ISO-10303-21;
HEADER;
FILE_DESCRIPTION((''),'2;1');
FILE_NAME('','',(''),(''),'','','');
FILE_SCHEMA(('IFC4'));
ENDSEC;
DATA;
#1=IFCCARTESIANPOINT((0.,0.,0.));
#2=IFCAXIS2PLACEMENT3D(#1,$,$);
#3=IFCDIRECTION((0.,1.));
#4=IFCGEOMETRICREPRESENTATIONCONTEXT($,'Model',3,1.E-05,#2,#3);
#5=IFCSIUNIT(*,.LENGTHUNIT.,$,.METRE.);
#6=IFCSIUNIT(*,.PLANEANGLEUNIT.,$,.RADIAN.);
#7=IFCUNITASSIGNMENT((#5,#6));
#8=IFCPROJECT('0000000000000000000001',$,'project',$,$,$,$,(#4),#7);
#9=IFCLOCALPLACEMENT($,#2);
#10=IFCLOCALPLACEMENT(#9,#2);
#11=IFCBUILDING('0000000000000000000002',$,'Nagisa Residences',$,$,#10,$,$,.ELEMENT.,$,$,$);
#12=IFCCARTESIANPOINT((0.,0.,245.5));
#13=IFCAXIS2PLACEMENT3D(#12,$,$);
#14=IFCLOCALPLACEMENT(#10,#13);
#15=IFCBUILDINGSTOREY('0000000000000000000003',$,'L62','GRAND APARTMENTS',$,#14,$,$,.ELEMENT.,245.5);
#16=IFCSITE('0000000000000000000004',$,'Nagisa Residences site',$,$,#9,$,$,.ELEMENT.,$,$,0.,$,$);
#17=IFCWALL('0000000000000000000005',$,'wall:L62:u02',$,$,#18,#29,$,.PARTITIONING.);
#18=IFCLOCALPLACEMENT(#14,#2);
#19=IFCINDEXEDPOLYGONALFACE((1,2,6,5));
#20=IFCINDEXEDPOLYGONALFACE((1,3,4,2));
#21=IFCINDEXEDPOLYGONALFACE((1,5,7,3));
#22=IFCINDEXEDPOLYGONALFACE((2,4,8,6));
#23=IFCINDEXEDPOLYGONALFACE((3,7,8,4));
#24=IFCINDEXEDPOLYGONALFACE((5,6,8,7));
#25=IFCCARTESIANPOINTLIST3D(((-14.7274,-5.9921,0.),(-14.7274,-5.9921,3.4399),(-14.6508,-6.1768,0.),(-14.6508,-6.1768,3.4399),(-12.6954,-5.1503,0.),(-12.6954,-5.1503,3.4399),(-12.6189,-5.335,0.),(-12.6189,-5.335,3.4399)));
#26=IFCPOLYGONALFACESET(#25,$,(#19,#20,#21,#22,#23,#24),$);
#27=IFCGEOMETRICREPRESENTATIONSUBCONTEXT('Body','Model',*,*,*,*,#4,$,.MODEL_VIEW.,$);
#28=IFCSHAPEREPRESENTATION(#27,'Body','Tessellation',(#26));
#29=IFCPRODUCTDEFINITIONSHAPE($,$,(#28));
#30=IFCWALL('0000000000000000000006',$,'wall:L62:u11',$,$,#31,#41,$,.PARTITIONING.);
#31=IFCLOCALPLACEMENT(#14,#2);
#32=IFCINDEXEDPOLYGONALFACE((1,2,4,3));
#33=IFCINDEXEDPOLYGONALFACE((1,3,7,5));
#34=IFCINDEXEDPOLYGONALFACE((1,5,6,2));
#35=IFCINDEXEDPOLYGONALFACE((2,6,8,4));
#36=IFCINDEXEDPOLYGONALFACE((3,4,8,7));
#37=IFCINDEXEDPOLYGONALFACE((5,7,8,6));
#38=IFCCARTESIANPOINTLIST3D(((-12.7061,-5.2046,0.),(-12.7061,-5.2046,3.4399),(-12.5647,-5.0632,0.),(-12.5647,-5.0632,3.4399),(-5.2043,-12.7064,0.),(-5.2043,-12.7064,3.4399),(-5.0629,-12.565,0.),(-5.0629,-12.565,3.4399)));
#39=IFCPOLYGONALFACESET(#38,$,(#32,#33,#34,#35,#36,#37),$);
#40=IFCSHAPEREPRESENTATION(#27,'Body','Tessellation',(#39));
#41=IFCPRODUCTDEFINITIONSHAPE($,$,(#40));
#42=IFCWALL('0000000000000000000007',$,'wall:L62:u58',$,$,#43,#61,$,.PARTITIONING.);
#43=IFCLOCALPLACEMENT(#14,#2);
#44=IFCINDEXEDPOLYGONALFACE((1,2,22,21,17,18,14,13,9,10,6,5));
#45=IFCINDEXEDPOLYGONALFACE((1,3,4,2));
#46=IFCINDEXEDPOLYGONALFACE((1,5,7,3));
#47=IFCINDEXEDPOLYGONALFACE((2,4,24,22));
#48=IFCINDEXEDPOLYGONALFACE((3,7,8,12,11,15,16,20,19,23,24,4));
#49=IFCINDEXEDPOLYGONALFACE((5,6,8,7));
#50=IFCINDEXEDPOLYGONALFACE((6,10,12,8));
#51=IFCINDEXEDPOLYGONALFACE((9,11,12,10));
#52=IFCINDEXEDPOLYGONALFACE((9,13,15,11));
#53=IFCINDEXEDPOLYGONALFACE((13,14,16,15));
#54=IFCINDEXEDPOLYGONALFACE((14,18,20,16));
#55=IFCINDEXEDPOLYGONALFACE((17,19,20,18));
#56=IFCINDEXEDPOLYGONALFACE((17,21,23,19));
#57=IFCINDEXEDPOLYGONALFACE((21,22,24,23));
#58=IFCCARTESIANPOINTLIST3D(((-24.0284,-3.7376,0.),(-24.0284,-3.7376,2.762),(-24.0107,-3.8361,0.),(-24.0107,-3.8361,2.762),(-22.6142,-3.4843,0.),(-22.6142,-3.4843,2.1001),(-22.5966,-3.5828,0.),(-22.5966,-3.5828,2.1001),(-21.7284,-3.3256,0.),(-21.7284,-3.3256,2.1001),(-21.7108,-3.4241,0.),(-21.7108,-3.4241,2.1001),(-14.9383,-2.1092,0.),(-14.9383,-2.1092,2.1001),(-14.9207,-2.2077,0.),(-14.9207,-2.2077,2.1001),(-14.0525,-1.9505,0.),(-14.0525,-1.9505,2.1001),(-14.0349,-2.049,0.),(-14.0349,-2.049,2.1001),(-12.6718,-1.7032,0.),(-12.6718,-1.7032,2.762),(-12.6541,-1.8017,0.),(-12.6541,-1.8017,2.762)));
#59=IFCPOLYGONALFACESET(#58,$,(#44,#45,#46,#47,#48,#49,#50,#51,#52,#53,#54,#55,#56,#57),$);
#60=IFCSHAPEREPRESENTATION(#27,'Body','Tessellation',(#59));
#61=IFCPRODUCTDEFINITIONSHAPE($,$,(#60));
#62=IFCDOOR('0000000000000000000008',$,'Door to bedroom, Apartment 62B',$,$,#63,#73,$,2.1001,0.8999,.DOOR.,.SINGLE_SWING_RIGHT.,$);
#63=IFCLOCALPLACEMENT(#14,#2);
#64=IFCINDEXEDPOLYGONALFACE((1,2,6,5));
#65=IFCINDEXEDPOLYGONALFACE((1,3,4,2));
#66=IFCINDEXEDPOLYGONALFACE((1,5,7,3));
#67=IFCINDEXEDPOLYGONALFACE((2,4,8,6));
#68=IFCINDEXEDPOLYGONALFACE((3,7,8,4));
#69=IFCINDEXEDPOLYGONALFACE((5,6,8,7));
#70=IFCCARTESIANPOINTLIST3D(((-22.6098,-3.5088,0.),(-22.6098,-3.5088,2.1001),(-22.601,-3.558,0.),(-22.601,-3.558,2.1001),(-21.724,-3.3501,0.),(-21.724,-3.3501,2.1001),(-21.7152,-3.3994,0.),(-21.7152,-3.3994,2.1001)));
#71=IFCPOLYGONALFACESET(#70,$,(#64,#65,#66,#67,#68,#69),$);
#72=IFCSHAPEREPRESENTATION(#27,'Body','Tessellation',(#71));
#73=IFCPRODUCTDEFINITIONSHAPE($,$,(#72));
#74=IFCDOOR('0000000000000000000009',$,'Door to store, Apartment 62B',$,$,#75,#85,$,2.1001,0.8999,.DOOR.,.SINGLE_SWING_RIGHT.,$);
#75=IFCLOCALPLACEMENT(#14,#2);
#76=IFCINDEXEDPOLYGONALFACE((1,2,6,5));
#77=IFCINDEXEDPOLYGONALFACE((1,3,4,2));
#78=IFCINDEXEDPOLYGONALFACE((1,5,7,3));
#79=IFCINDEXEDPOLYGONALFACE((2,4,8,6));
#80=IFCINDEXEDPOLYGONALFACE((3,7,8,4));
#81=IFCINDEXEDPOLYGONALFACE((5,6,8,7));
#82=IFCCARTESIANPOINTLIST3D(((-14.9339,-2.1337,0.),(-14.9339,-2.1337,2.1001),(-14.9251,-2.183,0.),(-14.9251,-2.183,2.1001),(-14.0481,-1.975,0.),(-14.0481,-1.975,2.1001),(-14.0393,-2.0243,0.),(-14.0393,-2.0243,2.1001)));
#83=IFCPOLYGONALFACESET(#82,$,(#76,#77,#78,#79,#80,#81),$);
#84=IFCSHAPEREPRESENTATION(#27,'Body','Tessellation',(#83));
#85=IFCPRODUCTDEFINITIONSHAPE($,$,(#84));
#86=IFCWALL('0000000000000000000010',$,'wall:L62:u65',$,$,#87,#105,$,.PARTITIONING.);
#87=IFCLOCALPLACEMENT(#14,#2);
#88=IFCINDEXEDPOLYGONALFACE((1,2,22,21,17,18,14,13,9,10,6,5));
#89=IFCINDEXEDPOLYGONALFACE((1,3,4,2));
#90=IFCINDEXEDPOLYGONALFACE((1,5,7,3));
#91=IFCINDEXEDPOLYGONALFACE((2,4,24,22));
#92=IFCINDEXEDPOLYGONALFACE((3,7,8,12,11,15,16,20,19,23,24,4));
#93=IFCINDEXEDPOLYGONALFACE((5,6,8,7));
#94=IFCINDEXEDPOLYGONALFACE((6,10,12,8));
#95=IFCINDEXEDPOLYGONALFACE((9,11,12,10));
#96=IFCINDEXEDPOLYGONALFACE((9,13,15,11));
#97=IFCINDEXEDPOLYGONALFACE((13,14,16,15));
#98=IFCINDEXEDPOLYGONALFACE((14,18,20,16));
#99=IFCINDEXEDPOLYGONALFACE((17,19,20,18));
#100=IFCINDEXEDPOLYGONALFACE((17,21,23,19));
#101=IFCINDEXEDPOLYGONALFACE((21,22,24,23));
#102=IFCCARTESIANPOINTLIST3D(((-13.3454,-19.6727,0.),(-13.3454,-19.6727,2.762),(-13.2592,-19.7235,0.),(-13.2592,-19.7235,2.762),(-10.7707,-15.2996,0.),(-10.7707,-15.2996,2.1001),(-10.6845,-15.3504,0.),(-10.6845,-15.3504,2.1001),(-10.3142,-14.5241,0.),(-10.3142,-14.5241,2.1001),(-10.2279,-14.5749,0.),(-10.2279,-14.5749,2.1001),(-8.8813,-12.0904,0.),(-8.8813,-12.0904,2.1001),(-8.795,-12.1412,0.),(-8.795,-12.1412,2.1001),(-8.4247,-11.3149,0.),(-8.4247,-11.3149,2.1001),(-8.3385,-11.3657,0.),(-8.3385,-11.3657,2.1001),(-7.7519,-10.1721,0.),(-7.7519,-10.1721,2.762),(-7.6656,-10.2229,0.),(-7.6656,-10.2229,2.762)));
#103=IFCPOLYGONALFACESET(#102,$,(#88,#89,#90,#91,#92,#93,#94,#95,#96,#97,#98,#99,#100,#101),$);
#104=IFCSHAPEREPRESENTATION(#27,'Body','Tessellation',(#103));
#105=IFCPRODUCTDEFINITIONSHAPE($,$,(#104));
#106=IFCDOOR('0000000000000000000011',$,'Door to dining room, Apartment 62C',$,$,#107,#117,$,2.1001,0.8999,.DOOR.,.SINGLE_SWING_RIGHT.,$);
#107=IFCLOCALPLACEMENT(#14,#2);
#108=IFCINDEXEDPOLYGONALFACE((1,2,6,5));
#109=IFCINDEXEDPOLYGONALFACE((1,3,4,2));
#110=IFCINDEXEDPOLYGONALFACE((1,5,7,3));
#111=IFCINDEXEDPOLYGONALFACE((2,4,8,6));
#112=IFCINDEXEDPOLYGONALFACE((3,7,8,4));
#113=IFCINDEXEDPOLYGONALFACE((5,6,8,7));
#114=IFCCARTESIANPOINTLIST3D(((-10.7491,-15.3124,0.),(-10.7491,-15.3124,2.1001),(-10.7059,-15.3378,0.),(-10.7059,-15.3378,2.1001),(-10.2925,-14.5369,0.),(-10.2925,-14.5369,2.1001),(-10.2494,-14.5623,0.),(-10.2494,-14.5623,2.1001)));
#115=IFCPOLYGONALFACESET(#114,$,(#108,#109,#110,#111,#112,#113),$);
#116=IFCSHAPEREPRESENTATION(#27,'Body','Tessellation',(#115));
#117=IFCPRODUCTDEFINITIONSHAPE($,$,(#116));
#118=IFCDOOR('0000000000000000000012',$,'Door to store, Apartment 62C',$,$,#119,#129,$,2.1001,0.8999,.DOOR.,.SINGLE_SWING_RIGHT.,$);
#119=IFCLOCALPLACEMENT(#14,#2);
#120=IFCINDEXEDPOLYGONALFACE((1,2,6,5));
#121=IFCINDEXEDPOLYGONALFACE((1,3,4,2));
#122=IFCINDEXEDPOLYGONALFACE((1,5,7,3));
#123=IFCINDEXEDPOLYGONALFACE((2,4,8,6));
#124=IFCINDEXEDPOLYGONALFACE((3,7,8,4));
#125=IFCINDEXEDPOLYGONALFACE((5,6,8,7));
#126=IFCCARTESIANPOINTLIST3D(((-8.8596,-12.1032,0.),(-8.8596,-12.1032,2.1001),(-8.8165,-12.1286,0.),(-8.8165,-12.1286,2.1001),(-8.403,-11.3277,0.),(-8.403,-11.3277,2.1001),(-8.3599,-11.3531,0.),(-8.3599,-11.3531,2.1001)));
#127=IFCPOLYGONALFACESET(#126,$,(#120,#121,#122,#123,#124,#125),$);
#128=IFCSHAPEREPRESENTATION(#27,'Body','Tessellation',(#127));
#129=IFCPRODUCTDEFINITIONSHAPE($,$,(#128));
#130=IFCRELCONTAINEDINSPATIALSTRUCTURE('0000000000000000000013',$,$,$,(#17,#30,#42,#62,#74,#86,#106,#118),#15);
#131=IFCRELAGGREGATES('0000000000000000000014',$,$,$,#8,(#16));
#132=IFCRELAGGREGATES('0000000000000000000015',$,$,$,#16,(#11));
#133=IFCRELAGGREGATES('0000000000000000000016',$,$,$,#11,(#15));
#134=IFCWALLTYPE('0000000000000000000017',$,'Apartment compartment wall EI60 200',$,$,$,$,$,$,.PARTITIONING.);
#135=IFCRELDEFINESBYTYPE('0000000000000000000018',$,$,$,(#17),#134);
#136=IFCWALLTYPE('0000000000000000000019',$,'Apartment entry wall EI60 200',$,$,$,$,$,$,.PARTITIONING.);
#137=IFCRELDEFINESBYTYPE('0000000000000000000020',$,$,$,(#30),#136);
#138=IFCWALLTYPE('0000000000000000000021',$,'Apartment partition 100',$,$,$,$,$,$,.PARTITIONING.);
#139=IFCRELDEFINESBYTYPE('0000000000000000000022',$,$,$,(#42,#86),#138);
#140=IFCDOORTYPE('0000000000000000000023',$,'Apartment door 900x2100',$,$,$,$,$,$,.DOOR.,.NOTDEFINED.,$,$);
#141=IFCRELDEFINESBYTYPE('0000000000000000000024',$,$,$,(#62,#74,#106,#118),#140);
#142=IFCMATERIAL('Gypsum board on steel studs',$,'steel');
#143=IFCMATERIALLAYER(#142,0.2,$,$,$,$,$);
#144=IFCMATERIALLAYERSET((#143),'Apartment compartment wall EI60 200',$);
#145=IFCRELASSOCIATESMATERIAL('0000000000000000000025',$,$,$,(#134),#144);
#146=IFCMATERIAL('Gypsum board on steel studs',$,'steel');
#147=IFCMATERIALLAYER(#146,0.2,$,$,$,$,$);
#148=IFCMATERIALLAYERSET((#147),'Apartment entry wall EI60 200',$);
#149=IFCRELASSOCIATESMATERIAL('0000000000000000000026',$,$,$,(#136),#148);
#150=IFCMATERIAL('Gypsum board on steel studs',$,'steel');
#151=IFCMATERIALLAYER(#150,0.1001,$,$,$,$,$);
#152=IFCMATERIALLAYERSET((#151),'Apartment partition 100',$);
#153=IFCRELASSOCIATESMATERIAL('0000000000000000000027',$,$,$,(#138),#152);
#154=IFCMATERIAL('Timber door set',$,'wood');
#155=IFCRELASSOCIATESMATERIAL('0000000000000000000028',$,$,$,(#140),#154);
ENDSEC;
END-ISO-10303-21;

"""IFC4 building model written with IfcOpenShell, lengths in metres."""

from ifc_helpers import new_model, si_unit, direction, frame, frame_2d, origin, place, context, subcontext, project, spatial, rectangle, extrude, material, layer, layer_set, type_object, element, fill, save


model = new_model("IFC4")

# Units and contexts
model_context = context("Model", 3, precision=1e-05, world=origin(), true_north=direction((0.0, 1.0)))
body_context = subcontext(model_context, "Body", "Model", "MODEL_VIEW")
ifc_project = project(units=[si_unit("LENGTHUNIT", "METRE"), si_unit("PLANEANGLEUNIT", "RADIAN")], contexts=[model_context])

# Site, building, storey
site_placement = place(None, origin())
site = spatial("IfcSite", under=ifc_project, at=site_placement, Name="Nagisa Residences site", CompositionType="ELEMENT", RefElevation=0.0)
building_placement = place(site_placement, origin())
building = spatial("IfcBuilding", under=site, at=building_placement, Name="Nagisa Residences", CompositionType="ELEMENT")
storey_placement = place(building_placement, frame((0.0, 0.0, 245.5)))
storey = spatial("IfcBuildingStorey", under=building, at=storey_placement, Name="L62", Description="GRAND APARTMENTS", CompositionType="ELEMENT", Elevation=245.5)

# Walls
ifc_material_1 = material(Name="Gypsum board on steel studs", Category="steel")
ifc_layer_1 = layer(ifc_material_1, 0.2)
ifc_layer_set_1 = layer_set([ifc_layer_1], Name="Apartment compartment wall EI60 200")
wall_type_1 = type_object("IfcWallType", Name="Apartment compartment wall EI60 200", PredefinedType="PARTITIONING", material=ifc_layer_set_1)
wall_1_placement = place(storey_placement, frame((-12.6572, -5.2427, 0.0), z_axis=(0.0, 0.0, 1.0), x_axis=(-0.92386, -0.382731, 0.0)))
element("IfcWall", 1, at=wall_1_placement, inside=storey, type_object=wall_type_1, Name="wall:L62:u02", PredefinedType="PARTITIONING", context=body_context, shape_type="SweptSolid", body=[
    extrude(rectangle(XDim=2.1995, YDim=0.2, at=frame_2d((1.0996, 0.0))), origin(), (0.0, 0.0, 1.0), 3.4399),
])
ifc_material_2 = material(Name="Gypsum board on steel studs", Category="steel")
ifc_layer_2 = layer(ifc_material_2, 0.2)
ifc_layer_set_2 = layer_set([ifc_layer_2], Name="Apartment entry wall EI60 200")
wall_type_2 = type_object("IfcWallType", Name="Apartment entry wall EI60 200", PredefinedType="PARTITIONING", material=ifc_layer_set_2)
wall_2_placement = place(storey_placement, frame((-12.6355, -5.1338, 0.0), z_axis=(0.0, 0.0, 1.0), x_axis=(0.707107, -0.707107, 0.0)))
element("IfcWall", 2, at=wall_2_placement, inside=storey, type_object=wall_type_2, Name="wall:L62:u11", PredefinedType="PARTITIONING", context=body_context, shape_type="SweptSolid", body=[
    extrude(rectangle(XDim=10.6091, YDim=0.2, at=frame_2d((5.3047, 0.0))), origin(), (0.0, 0.0, 1.0), 3.4399),
])

# Walls, openings, doors
ifc_material_3 = material(Name="Gypsum board on steel studs", Category="steel")
ifc_layer_3 = layer(ifc_material_3, 0.1001)
ifc_layer_set_3 = layer_set([ifc_layer_3], Name="Apartment partition 100")
wall_type_3 = type_object("IfcWallType", Name="Apartment partition 100", PredefinedType="PARTITIONING", material=ifc_layer_set_3)
wall_3_placement = place(storey_placement, frame((-12.6631, -1.7524, 0.0), z_axis=(0.0, 0.0, 1.0), x_axis=(-0.98433, -0.176336, 0.0)))
wall_3 = element("IfcWall", 3, at=wall_3_placement, inside=storey, type_object=wall_type_3, Name="wall:L62:u58", PredefinedType="PARTITIONING", context=body_context, shape_type="SweptSolid", body=[
    extrude(rectangle(XDim=11.5374, YDim=0.1001, at=frame_2d((5.7686, 0.0))), origin(), (0.0, 0.0, 1.0), 2.762),
])
opening_1_placement = place(wall_3_placement, frame((9.2007, 0.0, 0.0)))
opening_1 = element("IfcOpeningElement", 4, at=opening_1_placement, cuts=wall_3, PredefinedType="OPENING", context=body_context, shape_type="SweptSolid", body=[
    extrude(rectangle(XDim=0.8999, YDim=2.1001, at=frame_2d((0.45, 1.05))), frame((0.0, 0.0601, 0.0), z_axis=(0.0, -1.0, 0.0), x_axis=(1.0, 0.0, 0.0)), (0.0, 0.0, 1.0), 0.1201),
])
opening_2_placement = place(wall_3_placement, frame((1.4026, 0.0, 0.0)))
opening_2 = element("IfcOpeningElement", 5, at=opening_2_placement, cuts=wall_3, PredefinedType="OPENING", context=body_context, shape_type="SweptSolid", body=[
    extrude(rectangle(XDim=0.8999, YDim=2.1001, at=frame_2d((0.45, 1.05))), frame((0.0, 0.0601, 0.0), z_axis=(0.0, -1.0, 0.0), x_axis=(1.0, 0.0, 0.0)), (0.0, 0.0, 1.0), 0.1201),
])
ifc_material_4 = material(Name="Timber door set", Category="wood")
door_type_1 = type_object("IfcDoorType", Name="Apartment door 900x2100", OperationType="NOTDEFINED", PredefinedType="DOOR", material=ifc_material_4)
door_1_placement = place(opening_1_placement, origin())
door_1 = element("IfcDoor", 6, at=door_1_placement, inside=storey, type_object=door_type_1, Name="Door to bedroom, Apartment 62B", OperationType="SINGLE_SWING_RIGHT", OverallHeight=2.1001, OverallWidth=0.8999, PredefinedType="DOOR", context=body_context, shape_type="SweptSolid", body=[
    extrude(rectangle(XDim=0.8999, YDim=2.1001, at=frame_2d((0.45, 1.05))), frame((0.0, 0.0249, 0.0), z_axis=(0.0, -1.0, 0.0), x_axis=(1.0, 0.0, 0.0)), (0.0, 0.0, 1.0), 0.05),
])
fill(opening_1, door_1)
door_2_placement = place(opening_2_placement, origin())
door_2 = element("IfcDoor", 7, at=door_2_placement, inside=storey, type_object=door_type_1, Name="Door to store, Apartment 62B", OperationType="SINGLE_SWING_RIGHT", OverallHeight=2.1001, OverallWidth=0.8999, PredefinedType="DOOR", context=body_context, shape_type="SweptSolid", body=[
    extrude(rectangle(XDim=0.8999, YDim=2.1001, at=frame_2d((0.45, 1.05))), frame((0.0, 0.0249, 0.0), z_axis=(0.0, -1.0, 0.0), x_axis=(1.0, 0.0, 0.0)), (0.0, 0.0, 1.0), 0.05),
])
fill(opening_2, door_2)
wall_4_placement = place(storey_placement, frame((-7.7087, -10.1975, 0.0), z_axis=(0.0, 0.0, 1.0), x_axis=(-0.507356, -0.861737, 0.0)))
wall_4 = element("IfcWall", 8, at=wall_4_placement, inside=storey, type_object=wall_type_3, Name="wall:L62:u65", PredefinedType="PARTITIONING", context=body_context, shape_type="SweptSolid", body=[
    extrude(rectangle(XDim=11.0249, YDim=0.1001, at=frame_2d((5.5125, 0.0))), origin(), (0.0, 0.0, 1.0), 2.762),
])
opening_3_placement = place(wall_4_placement, frame((5.0503, 0.0, 0.0)))
opening_3 = element("IfcOpeningElement", 9, at=opening_3_placement, cuts=wall_4, PredefinedType="OPENING", context=body_context, shape_type="SweptSolid", body=[
    extrude(rectangle(XDim=0.8999, YDim=2.1001, at=frame_2d((0.45, 1.05))), frame((0.0, 0.0601, 0.0), z_axis=(0.0, -1.0, 0.0), x_axis=(1.0, 0.0, 0.0)), (0.0, 0.0, 1.0), 0.1201),
])
opening_4_placement = place(wall_4_placement, frame((1.3262, 0.0, 0.0)))
opening_4 = element("IfcOpeningElement", 10, at=opening_4_placement, cuts=wall_4, PredefinedType="OPENING", context=body_context, shape_type="SweptSolid", body=[
    extrude(rectangle(XDim=0.8999, YDim=2.1001, at=frame_2d((0.45, 1.05))), frame((0.0, 0.0601, 0.0), z_axis=(0.0, -1.0, 0.0), x_axis=(1.0, 0.0, 0.0)), (0.0, 0.0, 1.0), 0.1201),
])
door_3_placement = place(opening_3_placement, frame((0.8999, 0.0, 0.0), x_axis=(-1.0, 0.0, 0.0)))
door_3 = element("IfcDoor", 11, at=door_3_placement, inside=storey, type_object=door_type_1, Name="Door to dining room, Apartment 62C", OperationType="SINGLE_SWING_RIGHT", OverallHeight=2.1001, OverallWidth=0.8999, PredefinedType="DOOR", context=body_context, shape_type="SweptSolid", body=[
    extrude(rectangle(XDim=0.8999, YDim=2.1001, at=frame_2d((0.45, 1.05))), frame((0.0, 0.0249, 0.0), z_axis=(0.0, -1.0, 0.0), x_axis=(1.0, 0.0, 0.0)), (0.0, 0.0, 1.0), 0.05),
])
fill(opening_3, door_3)
door_4_placement = place(opening_4_placement, frame((0.8999, 0.0, 0.0), x_axis=(-1.0, 0.0, 0.0)))
door_4 = element("IfcDoor", 12, at=door_4_placement, inside=storey, type_object=door_type_1, Name="Door to store, Apartment 62C", OperationType="SINGLE_SWING_RIGHT", OverallHeight=2.1001, OverallWidth=0.8999, PredefinedType="DOOR", context=body_context, shape_type="SweptSolid", body=[
    extrude(rectangle(XDim=0.8999, YDim=2.1001, at=frame_2d((0.45, 1.05))), frame((0.0, 0.0249, 0.0), z_axis=(0.0, -1.0, 0.0), x_axis=(1.0, 0.0, 0.0)), (0.0, 0.0, 1.0), 0.05),
])
fill(opening_4, door_4)

save(model, "model.ifc")
